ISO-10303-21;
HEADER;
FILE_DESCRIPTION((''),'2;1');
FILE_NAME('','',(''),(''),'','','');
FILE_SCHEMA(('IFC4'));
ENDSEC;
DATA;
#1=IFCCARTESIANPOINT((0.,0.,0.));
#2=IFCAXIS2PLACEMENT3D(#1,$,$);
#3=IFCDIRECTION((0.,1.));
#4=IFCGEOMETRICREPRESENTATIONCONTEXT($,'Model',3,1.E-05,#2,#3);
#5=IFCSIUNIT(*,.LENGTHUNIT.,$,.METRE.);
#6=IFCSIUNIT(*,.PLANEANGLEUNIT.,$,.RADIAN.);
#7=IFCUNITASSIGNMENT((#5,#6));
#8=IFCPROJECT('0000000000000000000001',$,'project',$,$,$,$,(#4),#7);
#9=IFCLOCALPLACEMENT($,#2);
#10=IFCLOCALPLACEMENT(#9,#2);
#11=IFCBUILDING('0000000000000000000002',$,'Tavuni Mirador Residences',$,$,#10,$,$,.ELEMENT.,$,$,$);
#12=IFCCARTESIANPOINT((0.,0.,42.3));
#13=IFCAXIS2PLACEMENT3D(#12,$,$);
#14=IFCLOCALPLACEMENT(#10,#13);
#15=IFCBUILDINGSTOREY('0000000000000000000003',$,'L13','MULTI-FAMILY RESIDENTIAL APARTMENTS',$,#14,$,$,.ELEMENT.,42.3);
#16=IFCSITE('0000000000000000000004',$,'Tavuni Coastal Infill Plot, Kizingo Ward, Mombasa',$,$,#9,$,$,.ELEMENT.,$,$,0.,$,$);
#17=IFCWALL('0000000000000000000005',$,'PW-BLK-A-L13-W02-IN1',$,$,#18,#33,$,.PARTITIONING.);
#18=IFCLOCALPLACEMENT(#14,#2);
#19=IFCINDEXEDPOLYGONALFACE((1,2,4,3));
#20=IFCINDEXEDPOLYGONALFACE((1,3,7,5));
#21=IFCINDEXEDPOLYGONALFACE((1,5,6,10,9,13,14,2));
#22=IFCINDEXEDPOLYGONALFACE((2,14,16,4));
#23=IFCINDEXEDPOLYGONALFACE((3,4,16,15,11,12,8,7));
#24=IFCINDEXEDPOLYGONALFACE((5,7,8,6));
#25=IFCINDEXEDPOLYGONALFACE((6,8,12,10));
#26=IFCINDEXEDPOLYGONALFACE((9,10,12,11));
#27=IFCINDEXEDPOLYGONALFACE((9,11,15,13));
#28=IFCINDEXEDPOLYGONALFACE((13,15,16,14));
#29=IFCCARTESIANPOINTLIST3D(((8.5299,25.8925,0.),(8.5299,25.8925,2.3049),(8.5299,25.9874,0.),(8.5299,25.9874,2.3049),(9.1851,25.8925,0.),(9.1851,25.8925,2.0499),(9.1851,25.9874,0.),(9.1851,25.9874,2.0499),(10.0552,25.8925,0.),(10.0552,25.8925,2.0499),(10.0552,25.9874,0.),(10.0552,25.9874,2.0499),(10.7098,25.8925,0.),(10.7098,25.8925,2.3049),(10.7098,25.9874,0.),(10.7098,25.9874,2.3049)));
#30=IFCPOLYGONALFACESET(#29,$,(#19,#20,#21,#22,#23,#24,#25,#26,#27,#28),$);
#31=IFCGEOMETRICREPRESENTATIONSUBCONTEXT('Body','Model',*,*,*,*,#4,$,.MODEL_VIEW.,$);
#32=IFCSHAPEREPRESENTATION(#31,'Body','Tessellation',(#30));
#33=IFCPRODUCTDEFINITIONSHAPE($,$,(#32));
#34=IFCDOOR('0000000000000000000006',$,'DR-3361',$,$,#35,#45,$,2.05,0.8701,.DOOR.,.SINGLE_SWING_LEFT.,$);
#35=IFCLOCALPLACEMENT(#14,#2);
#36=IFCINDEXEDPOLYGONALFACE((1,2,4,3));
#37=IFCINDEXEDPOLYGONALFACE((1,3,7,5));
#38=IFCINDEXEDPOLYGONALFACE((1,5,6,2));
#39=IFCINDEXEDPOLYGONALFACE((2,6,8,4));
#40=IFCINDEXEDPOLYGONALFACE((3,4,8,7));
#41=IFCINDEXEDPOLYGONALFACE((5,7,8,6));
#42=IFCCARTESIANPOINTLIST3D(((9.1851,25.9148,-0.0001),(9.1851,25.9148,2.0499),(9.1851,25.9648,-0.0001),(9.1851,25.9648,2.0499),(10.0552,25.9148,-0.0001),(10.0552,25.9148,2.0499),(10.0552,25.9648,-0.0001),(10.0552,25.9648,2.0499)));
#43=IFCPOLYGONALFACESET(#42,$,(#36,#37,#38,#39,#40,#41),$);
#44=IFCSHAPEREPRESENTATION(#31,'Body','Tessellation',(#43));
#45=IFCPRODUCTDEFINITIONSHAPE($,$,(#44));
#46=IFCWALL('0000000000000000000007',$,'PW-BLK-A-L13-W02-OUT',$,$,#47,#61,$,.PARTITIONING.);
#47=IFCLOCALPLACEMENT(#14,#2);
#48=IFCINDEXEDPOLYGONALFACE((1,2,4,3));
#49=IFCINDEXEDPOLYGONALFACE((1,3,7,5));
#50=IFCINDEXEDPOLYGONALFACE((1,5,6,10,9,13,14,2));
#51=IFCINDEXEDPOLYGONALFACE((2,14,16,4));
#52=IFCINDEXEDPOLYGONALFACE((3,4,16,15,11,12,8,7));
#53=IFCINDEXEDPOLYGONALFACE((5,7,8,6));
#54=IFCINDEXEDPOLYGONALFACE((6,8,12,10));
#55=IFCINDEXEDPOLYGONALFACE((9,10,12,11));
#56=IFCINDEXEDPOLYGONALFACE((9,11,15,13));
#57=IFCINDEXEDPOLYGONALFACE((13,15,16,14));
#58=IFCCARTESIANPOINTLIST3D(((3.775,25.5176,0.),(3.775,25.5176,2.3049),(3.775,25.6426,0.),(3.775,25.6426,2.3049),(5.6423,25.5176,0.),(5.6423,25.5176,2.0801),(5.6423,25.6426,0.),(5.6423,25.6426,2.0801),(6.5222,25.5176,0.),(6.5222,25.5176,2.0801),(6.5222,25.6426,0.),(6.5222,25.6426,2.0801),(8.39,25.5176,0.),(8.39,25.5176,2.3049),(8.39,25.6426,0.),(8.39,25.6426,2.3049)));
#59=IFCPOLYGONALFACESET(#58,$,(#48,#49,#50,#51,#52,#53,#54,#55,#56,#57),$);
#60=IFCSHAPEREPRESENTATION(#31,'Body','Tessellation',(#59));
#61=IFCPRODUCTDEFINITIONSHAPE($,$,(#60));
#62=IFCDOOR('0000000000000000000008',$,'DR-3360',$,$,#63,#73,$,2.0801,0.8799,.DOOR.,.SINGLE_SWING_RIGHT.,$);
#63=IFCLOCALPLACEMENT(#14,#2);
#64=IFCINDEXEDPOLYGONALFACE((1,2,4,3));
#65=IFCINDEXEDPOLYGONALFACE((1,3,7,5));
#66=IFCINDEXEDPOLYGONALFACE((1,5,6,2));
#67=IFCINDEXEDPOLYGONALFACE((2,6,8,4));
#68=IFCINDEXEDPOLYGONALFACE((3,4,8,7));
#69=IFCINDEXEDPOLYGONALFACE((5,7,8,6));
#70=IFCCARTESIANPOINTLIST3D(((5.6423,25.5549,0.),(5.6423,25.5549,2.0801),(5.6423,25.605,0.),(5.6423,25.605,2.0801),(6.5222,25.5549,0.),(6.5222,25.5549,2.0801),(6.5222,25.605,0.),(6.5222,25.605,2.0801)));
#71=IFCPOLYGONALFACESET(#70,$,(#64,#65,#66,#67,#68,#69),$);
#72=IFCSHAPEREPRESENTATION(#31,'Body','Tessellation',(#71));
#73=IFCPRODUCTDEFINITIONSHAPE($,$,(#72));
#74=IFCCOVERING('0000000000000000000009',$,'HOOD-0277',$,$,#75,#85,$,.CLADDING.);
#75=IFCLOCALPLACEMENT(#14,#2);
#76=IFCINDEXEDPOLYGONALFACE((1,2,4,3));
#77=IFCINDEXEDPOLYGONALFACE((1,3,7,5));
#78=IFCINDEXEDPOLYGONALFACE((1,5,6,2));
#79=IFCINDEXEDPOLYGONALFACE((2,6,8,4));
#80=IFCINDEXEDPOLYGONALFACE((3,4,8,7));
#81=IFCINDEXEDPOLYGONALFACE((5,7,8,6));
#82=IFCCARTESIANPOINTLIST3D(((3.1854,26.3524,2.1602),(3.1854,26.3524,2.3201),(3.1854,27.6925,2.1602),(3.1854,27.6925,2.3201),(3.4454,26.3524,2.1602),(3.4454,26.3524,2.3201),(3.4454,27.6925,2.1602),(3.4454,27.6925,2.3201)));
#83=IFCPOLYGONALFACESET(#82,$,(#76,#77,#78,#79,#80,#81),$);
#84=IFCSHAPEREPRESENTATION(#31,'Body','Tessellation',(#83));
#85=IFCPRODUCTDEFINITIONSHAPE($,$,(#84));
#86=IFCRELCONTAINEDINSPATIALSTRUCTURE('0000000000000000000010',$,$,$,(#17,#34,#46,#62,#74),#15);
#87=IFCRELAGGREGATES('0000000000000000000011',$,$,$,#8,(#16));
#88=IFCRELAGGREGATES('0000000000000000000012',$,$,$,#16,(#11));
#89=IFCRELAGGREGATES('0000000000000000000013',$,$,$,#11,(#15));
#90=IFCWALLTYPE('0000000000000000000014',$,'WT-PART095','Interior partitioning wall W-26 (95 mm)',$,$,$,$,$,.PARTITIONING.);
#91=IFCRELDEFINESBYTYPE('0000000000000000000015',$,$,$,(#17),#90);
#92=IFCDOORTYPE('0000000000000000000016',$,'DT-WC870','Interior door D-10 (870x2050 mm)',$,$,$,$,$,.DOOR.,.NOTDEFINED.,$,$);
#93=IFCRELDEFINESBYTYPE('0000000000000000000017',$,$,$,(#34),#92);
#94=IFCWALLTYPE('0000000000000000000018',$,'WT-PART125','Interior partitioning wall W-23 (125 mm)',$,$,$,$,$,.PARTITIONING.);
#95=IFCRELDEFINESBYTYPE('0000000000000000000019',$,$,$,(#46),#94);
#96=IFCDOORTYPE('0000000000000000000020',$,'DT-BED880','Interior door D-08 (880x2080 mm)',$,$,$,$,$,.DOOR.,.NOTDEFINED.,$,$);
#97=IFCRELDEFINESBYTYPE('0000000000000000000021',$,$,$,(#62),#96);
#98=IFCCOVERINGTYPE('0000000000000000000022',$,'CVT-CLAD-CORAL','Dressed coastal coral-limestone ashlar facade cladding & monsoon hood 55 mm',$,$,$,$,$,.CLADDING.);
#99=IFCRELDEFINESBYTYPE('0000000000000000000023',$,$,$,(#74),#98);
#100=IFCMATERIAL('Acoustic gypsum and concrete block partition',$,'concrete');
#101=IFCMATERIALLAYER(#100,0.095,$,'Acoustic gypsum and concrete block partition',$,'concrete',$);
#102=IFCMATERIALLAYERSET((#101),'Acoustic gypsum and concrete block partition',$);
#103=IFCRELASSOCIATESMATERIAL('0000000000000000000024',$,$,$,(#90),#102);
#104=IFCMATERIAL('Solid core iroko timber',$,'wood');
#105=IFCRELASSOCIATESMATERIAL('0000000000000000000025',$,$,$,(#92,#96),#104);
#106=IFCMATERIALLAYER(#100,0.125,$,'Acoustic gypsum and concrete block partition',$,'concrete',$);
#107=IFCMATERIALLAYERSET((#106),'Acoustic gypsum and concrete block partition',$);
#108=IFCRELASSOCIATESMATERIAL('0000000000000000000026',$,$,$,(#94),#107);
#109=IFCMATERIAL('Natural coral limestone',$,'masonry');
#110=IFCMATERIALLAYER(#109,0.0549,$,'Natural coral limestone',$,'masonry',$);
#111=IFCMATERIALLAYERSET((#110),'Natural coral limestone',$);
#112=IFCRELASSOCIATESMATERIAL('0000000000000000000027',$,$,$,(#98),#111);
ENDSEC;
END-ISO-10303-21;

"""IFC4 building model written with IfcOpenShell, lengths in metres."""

from ifc_helpers import new_model, si_unit, direction, frame, frame_2d, origin, origin_2d, place, context, subcontext, project, spatial, rectangle, extrude, material, layer, layer_set, type_object, element, fill, save


model = new_model("IFC4")

# Units and contexts
model_context = context("Model", 3, precision=1e-05, world=origin(), true_north=direction((0.0, 1.0)))
body_context = subcontext(model_context, "Body", "Model", "MODEL_VIEW")
ifc_project = project(units=[si_unit("LENGTHUNIT", "METRE"), si_unit("PLANEANGLEUNIT", "RADIAN")], contexts=[model_context])

# Site, building, storey
site_placement = place(None, origin())
site = spatial("IfcSite", under=ifc_project, at=site_placement, Name="Tavuni Coastal Infill Plot, Kizingo Ward, Mombasa", CompositionType="ELEMENT", RefElevation=0.0)
building_placement = place(site_placement, origin())
building = spatial("IfcBuilding", under=site, at=building_placement, Name="Tavuni Mirador Residences", CompositionType="ELEMENT")
storey_placement = place(building_placement, frame((0.0, 0.0, 42.3)))
storey = spatial("IfcBuildingStorey", under=building, at=storey_placement, Name="L13", Description="MULTI-FAMILY RESIDENTIAL APARTMENTS", CompositionType="ELEMENT", Elevation=42.3)

# Walls, openings, doors
ifc_material_1 = material(Name="Acoustic gypsum and concrete block partition", Category="concrete")
ifc_layer_1 = layer(ifc_material_1, 0.095, Name="Acoustic gypsum and concrete block partition", Category="concrete")
ifc_layer_set_1 = layer_set([ifc_layer_1], Name="Acoustic gypsum and concrete block partition")
wall_type_1 = type_object("IfcWallType", Name="WT-PART095", Description="Interior partitioning wall W-26 (95 mm)", PredefinedType="PARTITIONING", material=ifc_layer_set_1)
wall_1_placement = place(storey_placement, frame((8.53, 25.9399, 0.0), z_axis=(0.0, 0.0, 1.0), x_axis=(1.0, 0.0, 0.0)))
wall_1 = element("IfcWall", 1, at=wall_1_placement, inside=storey, type_object=wall_type_1, Name="PW-BLK-A-L13-W02-IN1", PredefinedType="PARTITIONING", context=body_context, shape_type="SweptSolid", body=[
    extrude(rectangle(XDim=2.1799, YDim=0.095, at=frame_2d((1.0898, 0.0))), origin(), (0.0, 0.0, 1.0), 2.3049),
])
opening_1_placement = place(wall_1_placement, frame((0.655, 0.0, 0.0)))
opening_1 = element("IfcOpeningElement", 2, at=opening_1_placement, cuts=wall_1, PredefinedType="OPENING", context=body_context, shape_type="SweptSolid", body=[
    extrude(rectangle(XDim=0.8701, YDim=2.05, at=frame_2d((0.4351, 1.0249))), frame((0.0, 0.0576, 0.0), z_axis=(0.0, -1.0, 0.0), x_axis=(1.0, 0.0, 0.0)), (0.0, 0.0, 1.0), 0.115),
])
ifc_material_2 = material(Name="Solid core iroko timber", Category="wood")
door_type_1 = type_object("IfcDoorType", Name="DT-WC870", Description="Interior door D-10 (870x2050 mm)", OperationType="NOTDEFINED", PredefinedType="DOOR", material=ifc_material_2)
door_1_placement = place(opening_1_placement, origin())
door_1 = element("IfcDoor", 3, at=door_1_placement, inside=storey, type_object=door_type_1, Name="DR-3361", OperationType="SINGLE_SWING_LEFT", OverallHeight=2.05, OverallWidth=0.8701, PredefinedType="DOOR", context=body_context, shape_type="SweptSolid", body=[
    extrude(rectangle(XDim=0.8701, YDim=2.05, at=frame_2d((0.4351, 1.0249))), frame((0.0, 0.0249, 0.0), z_axis=(0.0, -1.0, 0.0), x_axis=(1.0, 0.0, 0.0)), (0.0, 0.0, 1.0), 0.05),
])
fill(opening_1, door_1)
ifc_layer_2 = layer(ifc_material_1, 0.125, Name="Acoustic gypsum and concrete block partition", Category="concrete")
ifc_layer_set_2 = layer_set([ifc_layer_2], Name="Acoustic gypsum and concrete block partition")
wall_type_2 = type_object("IfcWallType", Name="WT-PART125", Description="Interior partitioning wall W-23 (125 mm)", PredefinedType="PARTITIONING", material=ifc_layer_set_2)
wall_2_placement = place(storey_placement, frame((3.7749, 25.5801, 0.0), z_axis=(0.0, 0.0, 1.0), x_axis=(1.0, 0.0, 0.0)))
wall_2 = element("IfcWall", 4, at=wall_2_placement, inside=storey, type_object=wall_type_2, Name="PW-BLK-A-L13-W02-OUT", PredefinedType="PARTITIONING", context=body_context, shape_type="SweptSolid", body=[
    extrude(rectangle(XDim=4.615, YDim=0.125, at=frame_2d((2.3076, 0.0))), origin(), (0.0, 0.0, 1.0), 2.3049),
])
opening_2_placement = place(wall_2_placement, frame((1.8674, 0.0, 0.0)))
opening_2 = element("IfcOpeningElement", 5, at=opening_2_placement, cuts=wall_2, PredefinedType="OPENING", context=body_context, shape_type="SweptSolid", body=[
    extrude(rectangle(XDim=0.8799, YDim=2.0801, at=frame_2d((0.4399, 1.04))), frame((0.0, 0.0725, 0.0), z_axis=(0.0, -1.0, 0.0), x_axis=(1.0, 0.0, 0.0)), (0.0, 0.0, 1.0), 0.145),
])
door_type_2 = type_object("IfcDoorType", Name="DT-BED880", Description="Interior door D-08 (880x2080 mm)", OperationType="NOTDEFINED", PredefinedType="DOOR", material=ifc_material_2)
door_2_placement = place(opening_2_placement, origin())
door_2 = element("IfcDoor", 6, at=door_2_placement, inside=storey, type_object=door_type_2, Name="DR-3360", OperationType="SINGLE_SWING_RIGHT", OverallHeight=2.0801, OverallWidth=0.8799, PredefinedType="DOOR", context=body_context, shape_type="SweptSolid", body=[
    extrude(rectangle(XDim=0.8799, YDim=2.0801, at=frame_2d((0.4399, 1.04))), frame((0.0, 0.0249, 0.0), z_axis=(0.0, -1.0, 0.0), x_axis=(1.0, 0.0, 0.0)), (0.0, 0.0, 1.0), 0.05),
])
fill(opening_2, door_2)

# Covering
ifc_material_3 = material(Name="Natural coral limestone", Category="masonry")
ifc_layer_3 = layer(ifc_material_3, 0.0549, Name="Natural coral limestone", Category="masonry")
ifc_layer_set_3 = layer_set([ifc_layer_3], Name="Natural coral limestone")
covering_type = type_object("IfcCoveringType", Name="CVT-CLAD-CORAL", Description="Dressed coastal coral-limestone ashlar facade cladding & monsoon hood 55 mm", PredefinedType="CLADDING", material=ifc_layer_set_3)
covering_placement = place(storey_placement, frame((3.3154, 27.0225, 2.1602), z_axis=(0.0, 0.0, 1.0), x_axis=(0.0, -1.0, 0.0)))
element("IfcCovering", 7, at=covering_placement, inside=storey, type_object=covering_type, Name="HOOD-0277", PredefinedType="CLADDING", context=body_context, shape_type="SweptSolid", body=[
    extrude(rectangle(XDim=1.3401, YDim=0.26, at=origin_2d()), origin(), (0.0, 0.0, 1.0), 0.1599),
])

save(model, "model.ifc")
